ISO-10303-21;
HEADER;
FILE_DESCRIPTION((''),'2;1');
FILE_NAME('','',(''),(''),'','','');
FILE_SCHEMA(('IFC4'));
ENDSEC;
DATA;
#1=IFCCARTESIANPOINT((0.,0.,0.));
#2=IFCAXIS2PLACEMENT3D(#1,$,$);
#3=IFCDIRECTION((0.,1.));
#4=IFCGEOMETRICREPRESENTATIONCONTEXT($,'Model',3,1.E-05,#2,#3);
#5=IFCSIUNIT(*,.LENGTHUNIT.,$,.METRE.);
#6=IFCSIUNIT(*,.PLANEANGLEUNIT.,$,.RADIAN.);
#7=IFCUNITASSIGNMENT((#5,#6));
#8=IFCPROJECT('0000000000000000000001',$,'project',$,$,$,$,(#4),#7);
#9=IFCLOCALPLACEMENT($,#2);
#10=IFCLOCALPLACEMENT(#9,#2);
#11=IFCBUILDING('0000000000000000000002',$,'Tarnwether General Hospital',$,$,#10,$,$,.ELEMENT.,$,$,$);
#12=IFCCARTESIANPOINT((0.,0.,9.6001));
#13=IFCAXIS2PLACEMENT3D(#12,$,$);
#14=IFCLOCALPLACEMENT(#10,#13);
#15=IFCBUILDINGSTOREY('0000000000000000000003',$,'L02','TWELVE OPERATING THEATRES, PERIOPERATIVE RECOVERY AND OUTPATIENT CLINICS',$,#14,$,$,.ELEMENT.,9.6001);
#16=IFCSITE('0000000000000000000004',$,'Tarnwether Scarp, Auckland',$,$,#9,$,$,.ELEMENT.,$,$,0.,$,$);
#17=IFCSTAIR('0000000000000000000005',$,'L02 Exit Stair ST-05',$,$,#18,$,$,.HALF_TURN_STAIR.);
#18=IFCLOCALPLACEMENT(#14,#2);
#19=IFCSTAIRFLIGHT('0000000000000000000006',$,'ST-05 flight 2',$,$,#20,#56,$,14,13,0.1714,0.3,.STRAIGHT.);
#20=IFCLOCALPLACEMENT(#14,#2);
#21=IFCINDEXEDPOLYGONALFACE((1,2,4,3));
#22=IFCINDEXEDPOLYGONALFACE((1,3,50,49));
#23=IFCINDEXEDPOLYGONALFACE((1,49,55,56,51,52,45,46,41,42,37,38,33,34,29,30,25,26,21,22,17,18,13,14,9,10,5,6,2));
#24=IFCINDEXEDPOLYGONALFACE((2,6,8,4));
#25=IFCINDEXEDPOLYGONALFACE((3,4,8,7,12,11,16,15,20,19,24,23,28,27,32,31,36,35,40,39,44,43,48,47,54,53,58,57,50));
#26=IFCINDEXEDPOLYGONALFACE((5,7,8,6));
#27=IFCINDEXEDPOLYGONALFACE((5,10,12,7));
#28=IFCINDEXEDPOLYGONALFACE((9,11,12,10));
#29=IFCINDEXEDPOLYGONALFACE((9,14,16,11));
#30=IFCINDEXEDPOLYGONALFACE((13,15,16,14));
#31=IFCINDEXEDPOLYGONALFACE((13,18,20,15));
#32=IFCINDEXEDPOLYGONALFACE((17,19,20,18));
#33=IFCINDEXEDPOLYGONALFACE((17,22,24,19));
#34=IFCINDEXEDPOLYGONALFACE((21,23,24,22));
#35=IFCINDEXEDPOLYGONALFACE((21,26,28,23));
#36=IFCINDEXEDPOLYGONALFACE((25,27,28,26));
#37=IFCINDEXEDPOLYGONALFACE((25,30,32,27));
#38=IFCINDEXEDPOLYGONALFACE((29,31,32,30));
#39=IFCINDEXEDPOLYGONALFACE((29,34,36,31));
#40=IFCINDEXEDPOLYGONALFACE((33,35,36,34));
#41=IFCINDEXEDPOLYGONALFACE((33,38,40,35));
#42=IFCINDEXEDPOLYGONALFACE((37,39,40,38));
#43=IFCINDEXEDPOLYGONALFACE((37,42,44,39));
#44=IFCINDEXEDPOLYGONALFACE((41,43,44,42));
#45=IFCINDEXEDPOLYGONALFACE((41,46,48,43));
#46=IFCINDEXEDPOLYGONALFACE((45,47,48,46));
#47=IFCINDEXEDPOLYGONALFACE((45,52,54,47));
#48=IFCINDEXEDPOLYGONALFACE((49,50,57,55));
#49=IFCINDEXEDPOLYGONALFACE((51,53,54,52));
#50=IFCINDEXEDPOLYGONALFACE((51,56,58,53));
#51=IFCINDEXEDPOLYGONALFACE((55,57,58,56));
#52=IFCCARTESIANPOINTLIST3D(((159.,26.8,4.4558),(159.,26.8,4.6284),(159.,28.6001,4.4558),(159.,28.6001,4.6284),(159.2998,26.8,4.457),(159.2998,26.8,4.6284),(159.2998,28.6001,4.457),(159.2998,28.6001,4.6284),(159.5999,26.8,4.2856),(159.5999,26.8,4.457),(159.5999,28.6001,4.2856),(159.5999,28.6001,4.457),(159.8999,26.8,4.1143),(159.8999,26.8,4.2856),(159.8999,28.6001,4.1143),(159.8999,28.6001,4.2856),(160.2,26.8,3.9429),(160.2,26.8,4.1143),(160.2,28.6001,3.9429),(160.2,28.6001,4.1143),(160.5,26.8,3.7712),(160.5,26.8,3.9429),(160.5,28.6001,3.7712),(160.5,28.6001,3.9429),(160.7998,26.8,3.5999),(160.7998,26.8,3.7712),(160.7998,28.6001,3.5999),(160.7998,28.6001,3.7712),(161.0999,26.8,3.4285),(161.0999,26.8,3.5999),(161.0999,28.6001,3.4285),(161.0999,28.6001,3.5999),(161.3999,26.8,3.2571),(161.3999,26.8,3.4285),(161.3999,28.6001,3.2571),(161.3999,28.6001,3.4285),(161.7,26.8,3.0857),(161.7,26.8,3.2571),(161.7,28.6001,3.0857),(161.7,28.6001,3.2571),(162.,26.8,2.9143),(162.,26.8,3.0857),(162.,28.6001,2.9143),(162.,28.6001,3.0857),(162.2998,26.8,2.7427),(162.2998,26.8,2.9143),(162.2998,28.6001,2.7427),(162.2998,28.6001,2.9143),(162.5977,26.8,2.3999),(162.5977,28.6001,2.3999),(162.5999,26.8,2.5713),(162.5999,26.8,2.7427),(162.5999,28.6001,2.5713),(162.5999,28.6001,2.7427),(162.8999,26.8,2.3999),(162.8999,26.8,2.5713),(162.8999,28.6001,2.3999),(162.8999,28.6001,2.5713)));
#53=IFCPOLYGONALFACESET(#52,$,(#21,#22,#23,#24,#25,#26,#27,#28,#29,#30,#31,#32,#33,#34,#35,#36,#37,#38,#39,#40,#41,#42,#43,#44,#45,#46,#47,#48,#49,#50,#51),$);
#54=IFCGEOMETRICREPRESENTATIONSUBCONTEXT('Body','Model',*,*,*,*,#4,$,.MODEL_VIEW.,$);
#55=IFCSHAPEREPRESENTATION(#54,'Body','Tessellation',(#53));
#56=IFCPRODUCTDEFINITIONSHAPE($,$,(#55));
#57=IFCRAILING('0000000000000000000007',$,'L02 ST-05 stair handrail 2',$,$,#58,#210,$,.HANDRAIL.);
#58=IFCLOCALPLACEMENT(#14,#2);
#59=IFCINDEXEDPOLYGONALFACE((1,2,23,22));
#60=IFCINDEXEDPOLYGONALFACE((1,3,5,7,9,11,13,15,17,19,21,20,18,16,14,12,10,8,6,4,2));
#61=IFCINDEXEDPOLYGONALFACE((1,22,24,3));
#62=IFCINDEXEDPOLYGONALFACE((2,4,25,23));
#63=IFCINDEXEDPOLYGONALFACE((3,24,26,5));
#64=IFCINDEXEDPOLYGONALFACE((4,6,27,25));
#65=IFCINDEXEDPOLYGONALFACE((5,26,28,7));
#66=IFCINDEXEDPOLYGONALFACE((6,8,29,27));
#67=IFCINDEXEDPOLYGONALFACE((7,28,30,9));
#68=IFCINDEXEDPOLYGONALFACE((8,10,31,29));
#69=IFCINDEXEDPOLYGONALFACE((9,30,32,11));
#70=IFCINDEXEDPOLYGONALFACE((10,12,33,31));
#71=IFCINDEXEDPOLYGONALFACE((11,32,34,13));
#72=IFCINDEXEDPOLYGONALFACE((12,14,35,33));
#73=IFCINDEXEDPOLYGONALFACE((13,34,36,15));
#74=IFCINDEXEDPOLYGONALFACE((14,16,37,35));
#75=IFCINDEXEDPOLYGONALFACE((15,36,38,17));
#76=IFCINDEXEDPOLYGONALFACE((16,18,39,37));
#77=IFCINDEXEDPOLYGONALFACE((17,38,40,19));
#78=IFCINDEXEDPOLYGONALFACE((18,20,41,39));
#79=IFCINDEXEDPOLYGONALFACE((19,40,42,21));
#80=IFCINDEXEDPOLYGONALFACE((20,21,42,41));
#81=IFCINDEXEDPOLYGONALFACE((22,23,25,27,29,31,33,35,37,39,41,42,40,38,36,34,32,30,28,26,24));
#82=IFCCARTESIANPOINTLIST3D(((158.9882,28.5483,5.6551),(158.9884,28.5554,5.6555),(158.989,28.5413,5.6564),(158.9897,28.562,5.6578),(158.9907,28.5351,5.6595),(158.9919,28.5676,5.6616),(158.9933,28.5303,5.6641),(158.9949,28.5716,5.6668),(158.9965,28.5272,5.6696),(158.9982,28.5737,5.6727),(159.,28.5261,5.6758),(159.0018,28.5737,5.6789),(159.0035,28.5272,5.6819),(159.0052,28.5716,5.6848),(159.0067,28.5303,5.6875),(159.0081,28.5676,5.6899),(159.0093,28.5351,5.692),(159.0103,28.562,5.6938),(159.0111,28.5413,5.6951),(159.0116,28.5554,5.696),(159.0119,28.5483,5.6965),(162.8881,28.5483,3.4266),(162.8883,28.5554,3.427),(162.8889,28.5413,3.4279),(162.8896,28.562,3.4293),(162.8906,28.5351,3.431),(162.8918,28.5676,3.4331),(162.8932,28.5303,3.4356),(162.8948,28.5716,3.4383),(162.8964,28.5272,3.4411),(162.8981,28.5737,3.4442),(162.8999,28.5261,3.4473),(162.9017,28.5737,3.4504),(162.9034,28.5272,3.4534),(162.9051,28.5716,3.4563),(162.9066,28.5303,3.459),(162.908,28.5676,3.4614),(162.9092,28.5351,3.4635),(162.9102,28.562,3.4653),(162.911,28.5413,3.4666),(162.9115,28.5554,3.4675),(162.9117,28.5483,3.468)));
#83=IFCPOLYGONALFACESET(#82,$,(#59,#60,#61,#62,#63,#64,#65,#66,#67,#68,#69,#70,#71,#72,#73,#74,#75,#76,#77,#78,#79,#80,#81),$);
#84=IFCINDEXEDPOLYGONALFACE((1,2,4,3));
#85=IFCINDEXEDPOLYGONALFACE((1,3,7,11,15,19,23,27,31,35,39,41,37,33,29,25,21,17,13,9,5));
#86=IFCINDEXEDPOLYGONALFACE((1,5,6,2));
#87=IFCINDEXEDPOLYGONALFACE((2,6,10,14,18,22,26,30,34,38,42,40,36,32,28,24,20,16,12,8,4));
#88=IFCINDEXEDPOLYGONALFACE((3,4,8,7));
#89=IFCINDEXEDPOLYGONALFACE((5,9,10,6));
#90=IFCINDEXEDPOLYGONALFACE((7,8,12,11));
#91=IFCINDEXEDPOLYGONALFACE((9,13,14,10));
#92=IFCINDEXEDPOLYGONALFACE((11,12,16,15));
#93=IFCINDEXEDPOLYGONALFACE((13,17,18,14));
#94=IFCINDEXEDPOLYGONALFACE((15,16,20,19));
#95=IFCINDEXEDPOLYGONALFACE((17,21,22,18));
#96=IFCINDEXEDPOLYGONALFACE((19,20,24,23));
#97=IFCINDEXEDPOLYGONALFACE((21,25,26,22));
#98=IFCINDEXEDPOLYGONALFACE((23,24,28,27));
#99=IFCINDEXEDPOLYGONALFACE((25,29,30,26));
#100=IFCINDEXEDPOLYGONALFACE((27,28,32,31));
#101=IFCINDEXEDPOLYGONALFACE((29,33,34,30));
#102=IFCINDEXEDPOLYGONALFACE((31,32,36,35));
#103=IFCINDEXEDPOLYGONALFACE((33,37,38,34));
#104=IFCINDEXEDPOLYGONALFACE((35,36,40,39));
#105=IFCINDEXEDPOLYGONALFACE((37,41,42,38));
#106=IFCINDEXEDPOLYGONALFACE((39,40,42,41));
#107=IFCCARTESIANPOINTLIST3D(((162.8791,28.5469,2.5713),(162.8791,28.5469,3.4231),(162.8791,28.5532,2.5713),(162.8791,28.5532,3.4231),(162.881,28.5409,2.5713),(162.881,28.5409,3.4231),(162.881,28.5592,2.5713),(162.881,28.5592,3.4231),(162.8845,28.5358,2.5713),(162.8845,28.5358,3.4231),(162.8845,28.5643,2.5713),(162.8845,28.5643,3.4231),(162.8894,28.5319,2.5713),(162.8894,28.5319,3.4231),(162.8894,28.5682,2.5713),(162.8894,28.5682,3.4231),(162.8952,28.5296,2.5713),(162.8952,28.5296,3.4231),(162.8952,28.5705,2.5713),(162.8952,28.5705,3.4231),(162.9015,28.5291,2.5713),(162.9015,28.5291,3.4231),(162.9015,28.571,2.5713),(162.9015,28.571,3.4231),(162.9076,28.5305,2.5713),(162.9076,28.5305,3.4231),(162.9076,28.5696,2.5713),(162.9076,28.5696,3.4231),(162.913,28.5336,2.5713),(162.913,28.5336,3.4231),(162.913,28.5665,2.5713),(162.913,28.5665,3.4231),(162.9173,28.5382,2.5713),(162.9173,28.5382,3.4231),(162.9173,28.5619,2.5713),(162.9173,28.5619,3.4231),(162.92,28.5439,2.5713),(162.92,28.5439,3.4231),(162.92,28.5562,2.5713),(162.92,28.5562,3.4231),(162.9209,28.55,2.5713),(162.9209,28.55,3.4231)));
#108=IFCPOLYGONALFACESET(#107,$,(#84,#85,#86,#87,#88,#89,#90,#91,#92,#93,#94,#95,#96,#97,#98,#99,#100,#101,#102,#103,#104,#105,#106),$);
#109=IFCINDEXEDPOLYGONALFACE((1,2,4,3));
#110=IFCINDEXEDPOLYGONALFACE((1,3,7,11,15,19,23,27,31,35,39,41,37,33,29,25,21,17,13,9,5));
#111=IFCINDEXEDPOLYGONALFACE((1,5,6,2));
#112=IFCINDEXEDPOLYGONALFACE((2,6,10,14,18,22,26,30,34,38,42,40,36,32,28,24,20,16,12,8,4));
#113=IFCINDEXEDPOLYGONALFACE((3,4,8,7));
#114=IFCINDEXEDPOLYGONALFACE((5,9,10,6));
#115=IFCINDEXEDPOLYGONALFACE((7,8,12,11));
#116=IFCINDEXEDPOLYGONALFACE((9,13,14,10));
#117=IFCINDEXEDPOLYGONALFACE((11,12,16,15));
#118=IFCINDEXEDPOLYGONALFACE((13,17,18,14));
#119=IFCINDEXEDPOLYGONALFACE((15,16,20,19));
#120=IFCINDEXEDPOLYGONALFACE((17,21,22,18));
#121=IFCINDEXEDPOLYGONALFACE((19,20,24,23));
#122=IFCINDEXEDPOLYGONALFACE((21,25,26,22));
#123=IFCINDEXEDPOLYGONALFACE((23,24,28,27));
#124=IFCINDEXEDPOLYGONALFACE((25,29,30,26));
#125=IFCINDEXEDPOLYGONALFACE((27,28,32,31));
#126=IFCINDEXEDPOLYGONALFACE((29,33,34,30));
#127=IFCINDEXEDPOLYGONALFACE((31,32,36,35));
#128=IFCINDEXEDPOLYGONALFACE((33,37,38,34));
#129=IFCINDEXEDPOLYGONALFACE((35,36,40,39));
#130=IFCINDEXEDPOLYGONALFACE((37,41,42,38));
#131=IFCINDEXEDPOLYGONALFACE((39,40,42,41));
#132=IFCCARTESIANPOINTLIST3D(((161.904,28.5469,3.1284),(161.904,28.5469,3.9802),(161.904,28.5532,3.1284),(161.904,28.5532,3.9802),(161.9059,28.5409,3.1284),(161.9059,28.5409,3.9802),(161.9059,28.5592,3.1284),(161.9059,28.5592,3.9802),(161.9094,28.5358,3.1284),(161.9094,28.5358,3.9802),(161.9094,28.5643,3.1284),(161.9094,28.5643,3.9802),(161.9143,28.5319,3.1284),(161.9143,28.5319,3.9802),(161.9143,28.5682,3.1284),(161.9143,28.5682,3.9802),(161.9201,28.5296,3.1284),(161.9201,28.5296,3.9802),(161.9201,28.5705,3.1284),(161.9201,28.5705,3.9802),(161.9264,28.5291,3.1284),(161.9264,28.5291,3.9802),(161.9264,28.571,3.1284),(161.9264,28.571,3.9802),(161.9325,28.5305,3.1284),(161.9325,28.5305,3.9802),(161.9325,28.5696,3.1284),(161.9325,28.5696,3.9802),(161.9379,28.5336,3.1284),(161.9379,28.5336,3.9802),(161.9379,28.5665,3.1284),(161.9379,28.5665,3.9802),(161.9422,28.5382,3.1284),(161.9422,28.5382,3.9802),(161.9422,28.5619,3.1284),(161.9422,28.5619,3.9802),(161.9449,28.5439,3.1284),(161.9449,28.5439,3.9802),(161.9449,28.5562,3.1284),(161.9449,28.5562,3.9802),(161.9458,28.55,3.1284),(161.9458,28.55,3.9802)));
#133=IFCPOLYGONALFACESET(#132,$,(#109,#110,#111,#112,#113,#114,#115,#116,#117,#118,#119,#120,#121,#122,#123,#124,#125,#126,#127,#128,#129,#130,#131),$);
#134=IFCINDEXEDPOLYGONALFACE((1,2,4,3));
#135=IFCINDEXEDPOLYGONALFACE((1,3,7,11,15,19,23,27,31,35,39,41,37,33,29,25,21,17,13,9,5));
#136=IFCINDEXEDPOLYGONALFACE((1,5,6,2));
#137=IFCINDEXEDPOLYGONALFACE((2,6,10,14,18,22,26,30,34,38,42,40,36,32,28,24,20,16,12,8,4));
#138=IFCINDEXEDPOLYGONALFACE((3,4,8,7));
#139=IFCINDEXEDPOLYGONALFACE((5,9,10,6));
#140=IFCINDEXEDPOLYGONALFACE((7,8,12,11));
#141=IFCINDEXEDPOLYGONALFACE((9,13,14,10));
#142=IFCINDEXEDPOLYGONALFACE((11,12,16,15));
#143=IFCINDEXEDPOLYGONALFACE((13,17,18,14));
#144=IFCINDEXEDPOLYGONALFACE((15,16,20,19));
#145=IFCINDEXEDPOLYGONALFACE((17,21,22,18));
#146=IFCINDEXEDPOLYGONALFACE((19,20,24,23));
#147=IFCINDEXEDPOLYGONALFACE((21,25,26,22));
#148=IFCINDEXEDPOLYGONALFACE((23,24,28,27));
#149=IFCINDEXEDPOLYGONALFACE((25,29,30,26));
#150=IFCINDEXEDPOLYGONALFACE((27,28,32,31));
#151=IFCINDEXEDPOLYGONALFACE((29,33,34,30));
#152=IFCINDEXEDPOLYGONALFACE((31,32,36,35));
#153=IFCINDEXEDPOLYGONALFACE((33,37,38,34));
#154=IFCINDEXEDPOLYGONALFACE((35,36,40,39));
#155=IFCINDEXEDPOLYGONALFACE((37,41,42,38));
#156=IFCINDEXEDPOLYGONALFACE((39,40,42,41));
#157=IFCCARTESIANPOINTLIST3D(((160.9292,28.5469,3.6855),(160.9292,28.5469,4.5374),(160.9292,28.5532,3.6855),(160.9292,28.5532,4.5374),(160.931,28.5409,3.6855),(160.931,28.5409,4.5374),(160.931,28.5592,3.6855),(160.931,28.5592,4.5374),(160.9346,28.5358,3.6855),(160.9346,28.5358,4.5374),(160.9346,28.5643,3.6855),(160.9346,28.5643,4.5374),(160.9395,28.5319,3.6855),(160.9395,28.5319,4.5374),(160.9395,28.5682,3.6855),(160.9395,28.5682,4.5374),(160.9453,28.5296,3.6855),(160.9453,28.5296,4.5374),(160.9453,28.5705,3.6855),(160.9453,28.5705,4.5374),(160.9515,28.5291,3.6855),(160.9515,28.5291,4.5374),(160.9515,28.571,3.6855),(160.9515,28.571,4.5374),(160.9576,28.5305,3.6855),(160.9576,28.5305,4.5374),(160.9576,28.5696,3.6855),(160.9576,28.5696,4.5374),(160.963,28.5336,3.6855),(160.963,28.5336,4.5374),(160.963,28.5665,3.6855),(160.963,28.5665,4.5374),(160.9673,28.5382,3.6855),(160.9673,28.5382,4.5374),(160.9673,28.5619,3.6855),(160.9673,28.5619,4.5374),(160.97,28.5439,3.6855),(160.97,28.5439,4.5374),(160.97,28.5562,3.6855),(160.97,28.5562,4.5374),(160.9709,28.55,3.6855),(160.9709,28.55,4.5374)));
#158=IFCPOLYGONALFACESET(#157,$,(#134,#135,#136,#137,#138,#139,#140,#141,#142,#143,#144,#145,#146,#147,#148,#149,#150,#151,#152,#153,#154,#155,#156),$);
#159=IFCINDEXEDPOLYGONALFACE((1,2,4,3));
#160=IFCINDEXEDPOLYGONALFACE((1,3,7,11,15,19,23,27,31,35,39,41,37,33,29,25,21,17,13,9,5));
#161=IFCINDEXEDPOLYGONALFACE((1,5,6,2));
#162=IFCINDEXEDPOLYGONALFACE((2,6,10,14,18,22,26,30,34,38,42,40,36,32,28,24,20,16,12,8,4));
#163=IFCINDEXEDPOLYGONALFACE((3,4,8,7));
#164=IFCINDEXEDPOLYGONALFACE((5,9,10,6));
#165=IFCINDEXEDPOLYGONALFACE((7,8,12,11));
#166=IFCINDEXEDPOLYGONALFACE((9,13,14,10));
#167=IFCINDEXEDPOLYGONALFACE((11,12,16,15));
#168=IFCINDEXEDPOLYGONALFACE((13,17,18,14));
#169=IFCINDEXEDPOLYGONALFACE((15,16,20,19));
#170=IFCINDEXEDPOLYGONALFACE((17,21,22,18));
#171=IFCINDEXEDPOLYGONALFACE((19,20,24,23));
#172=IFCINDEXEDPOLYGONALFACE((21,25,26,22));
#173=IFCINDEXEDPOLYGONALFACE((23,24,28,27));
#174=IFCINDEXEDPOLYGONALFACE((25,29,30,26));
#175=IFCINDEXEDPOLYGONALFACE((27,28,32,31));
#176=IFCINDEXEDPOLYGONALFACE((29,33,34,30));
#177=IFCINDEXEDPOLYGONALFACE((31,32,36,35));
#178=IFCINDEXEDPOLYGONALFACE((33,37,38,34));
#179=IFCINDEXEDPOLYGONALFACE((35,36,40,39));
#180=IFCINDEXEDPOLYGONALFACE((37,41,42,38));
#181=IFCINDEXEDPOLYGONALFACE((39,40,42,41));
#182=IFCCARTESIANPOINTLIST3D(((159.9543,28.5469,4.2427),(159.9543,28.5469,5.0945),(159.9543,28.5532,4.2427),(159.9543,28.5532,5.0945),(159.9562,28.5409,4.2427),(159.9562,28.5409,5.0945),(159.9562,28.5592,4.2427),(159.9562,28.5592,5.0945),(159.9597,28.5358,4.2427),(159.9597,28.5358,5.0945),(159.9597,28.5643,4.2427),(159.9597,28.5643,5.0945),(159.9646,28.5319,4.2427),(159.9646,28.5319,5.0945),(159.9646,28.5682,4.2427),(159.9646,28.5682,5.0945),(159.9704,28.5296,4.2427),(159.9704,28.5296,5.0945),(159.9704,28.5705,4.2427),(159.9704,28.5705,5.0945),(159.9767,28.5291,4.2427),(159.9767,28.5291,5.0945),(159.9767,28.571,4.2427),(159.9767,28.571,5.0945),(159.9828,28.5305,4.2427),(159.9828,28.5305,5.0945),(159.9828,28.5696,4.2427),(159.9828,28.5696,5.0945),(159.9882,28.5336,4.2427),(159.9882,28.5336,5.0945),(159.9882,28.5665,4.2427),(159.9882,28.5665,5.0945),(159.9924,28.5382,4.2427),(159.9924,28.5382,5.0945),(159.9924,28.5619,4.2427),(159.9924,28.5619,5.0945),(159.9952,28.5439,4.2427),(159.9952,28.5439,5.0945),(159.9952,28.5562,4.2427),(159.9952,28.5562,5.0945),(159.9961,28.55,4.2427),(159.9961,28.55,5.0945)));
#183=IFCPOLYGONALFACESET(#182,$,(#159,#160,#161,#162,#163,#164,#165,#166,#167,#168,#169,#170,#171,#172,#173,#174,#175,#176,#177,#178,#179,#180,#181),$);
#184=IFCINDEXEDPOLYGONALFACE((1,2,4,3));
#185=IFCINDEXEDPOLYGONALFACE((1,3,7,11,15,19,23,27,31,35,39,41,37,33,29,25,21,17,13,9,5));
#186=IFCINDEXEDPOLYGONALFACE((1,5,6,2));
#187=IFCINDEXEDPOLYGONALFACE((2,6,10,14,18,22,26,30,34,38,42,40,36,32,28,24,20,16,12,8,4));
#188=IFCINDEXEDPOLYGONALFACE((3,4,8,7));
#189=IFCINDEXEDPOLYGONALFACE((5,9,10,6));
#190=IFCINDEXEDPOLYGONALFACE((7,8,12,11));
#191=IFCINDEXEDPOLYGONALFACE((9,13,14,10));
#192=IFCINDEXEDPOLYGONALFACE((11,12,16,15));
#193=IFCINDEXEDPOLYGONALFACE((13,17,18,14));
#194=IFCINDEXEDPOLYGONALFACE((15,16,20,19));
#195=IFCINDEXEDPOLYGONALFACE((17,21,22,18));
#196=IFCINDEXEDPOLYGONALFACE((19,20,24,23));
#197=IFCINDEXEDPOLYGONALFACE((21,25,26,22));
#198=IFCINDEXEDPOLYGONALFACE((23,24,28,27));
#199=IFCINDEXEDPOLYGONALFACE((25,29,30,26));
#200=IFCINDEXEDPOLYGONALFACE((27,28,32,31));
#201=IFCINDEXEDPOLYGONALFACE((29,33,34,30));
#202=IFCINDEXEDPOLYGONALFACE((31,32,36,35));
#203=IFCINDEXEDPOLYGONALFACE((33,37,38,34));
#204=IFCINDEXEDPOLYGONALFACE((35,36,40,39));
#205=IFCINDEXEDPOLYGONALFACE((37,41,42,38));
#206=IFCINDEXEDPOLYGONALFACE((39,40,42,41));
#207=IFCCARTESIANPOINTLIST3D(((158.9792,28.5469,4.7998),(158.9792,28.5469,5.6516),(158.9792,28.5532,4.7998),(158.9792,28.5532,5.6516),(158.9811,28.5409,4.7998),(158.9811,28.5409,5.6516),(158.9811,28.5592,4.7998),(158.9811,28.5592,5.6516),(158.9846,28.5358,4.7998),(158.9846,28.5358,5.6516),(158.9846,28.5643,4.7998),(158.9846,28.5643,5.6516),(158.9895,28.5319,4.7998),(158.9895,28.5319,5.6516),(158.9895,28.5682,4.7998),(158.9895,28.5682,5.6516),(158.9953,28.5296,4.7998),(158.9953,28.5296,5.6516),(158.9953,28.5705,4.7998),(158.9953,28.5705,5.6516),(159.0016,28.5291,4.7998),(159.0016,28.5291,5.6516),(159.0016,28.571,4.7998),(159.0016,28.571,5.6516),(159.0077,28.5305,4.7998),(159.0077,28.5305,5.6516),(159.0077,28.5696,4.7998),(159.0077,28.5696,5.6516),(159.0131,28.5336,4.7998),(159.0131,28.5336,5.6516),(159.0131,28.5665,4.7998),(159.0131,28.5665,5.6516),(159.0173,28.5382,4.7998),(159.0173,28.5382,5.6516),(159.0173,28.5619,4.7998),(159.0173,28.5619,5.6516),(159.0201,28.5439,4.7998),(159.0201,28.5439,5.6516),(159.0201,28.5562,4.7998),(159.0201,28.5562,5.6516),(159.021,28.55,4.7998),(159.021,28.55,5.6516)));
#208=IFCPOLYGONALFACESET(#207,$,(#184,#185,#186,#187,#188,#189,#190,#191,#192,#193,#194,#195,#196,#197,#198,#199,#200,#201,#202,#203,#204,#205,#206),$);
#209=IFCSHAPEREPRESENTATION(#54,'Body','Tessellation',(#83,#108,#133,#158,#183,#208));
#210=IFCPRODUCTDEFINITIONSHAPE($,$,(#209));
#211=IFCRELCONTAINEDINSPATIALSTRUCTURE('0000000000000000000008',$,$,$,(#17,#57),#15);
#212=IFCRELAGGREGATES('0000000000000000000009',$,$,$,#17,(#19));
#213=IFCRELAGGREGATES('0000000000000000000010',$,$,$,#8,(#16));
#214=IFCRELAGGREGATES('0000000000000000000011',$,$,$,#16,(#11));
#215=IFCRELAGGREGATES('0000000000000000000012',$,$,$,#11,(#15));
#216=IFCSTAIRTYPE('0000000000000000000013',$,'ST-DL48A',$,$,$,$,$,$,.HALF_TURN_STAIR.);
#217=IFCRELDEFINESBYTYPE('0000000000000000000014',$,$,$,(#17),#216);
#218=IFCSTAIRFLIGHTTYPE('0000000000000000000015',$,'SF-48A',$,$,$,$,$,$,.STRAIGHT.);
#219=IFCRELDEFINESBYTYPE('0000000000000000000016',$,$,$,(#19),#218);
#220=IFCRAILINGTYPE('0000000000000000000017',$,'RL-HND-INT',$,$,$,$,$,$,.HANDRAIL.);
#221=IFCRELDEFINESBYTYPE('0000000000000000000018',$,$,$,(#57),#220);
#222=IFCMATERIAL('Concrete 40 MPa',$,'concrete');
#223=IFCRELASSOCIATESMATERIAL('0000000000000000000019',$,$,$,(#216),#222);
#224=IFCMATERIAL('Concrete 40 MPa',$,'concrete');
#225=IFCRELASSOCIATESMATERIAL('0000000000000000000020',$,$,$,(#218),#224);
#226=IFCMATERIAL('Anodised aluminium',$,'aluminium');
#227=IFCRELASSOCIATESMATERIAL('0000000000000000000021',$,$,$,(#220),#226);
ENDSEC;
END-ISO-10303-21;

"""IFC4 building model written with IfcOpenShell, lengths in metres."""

from ifc_helpers import new_model, si_unit, direction, frame, origin, origin_2d, place, context, subcontext, project, spatial, polyline, circle, outline, extrude, material, type_object, element, aggregate, save


model = new_model("IFC4")

# Units and contexts
model_context = context("Model", 3, precision=1e-05, world=origin(), true_north=direction((0.0, 1.0)))
body_context = subcontext(model_context, "Body", "Model", "MODEL_VIEW")
ifc_project = project(units=[si_unit("LENGTHUNIT", "METRE"), si_unit("PLANEANGLEUNIT", "RADIAN")], contexts=[model_context])

# Site, building, storey
site_placement = place(None, origin())
site = spatial("IfcSite", under=ifc_project, at=site_placement, Name="Tarnwether Scarp, Auckland", CompositionType="ELEMENT", RefElevation=0.0)
building_placement = place(site_placement, origin())
building = spatial("IfcBuilding", under=site, at=building_placement, Name="Tarnwether General Hospital", CompositionType="ELEMENT")
storey_placement = place(building_placement, frame((0.0, 0.0, 9.6001)))
storey = spatial("IfcBuildingStorey", under=building, at=storey_placement, Name="L02", Description="TWELVE OPERATING THEATRES, PERIOPERATIVE RECOVERY AND OUTPATIENT CLINICS", CompositionType="ELEMENT", Elevation=9.6001)

# Stair, stair flight
ifc_material_1 = material(Name="Concrete 40 MPa", Category="concrete")
stair_type = type_object("IfcStairType", Name="ST-DL48A", PredefinedType="HALF_TURN_STAIR", material=ifc_material_1)
stair_placement = place(storey_placement, origin())
stair = element("IfcStair", 1, at=stair_placement, inside=storey, type_object=stair_type, Name="L02 Exit Stair ST-05", PredefinedType="HALF_TURN_STAIR")
ifc_material_2 = material(Name="Concrete 40 MPa", Category="concrete")
stair_flight_type = type_object("IfcStairFlightType", Name="SF-48A", PredefinedType="STRAIGHT", material=ifc_material_2)
stair_flight_placement = place(storey_placement, frame((162.8999, 27.7, 2.3999), z_axis=(0.0, 0.0, 1.0), x_axis=(-1.0, 0.0, 0.0)))
stair_flight = element("IfcStairFlight", 2, at=stair_flight_placement, type_object=stair_flight_type, Name="ST-05 flight 2", NumberOfRisers=14, NumberOfTreads=13, PredefinedType="STRAIGHT", RiserHeight=0.1714, TreadLength=0.3, context=body_context, shape_type="SweptSolid", body=[
    extrude(outline(polyline([(0.0, 0.0), (0.0, 0.1714), (0.3, 0.1714), (0.3, 0.3428), (0.6001, 0.3428), (0.6001, 0.5144), (0.8999, 0.5144), (0.8999, 0.6858), (1.2, 0.6858), (1.2, 0.8572), (1.5, 0.8572), (1.5, 1.0286), (1.8, 1.0286), (1.8, 1.2), (2.1001, 1.2), (2.1001, 1.3713), (2.3999, 1.3713), (2.3999, 1.543), (2.7, 1.543), (2.7, 1.7144), (3.0, 1.7144), (3.0, 1.8857), (3.3, 1.8857), (3.3, 2.0571), (3.6001, 2.0571), (3.6001, 2.2285), (3.8999, 2.2285), (3.8999, 2.3999), (3.8999, 2.0559), (0.3022, 0.0), (0.0, 0.0)])), frame((0.0, 0.8999, 0.0), z_axis=(0.0, -1.0, 0.0), x_axis=(1.0, 0.0, 0.0)), (0.0, 0.0, 1.0), 1.8),
])
aggregate(stair, [stair_flight])

# Railing
ifc_material_3 = material(Name="Anodised aluminium", Category="aluminium")
railing_type = type_object("IfcRailingType", Name="RL-HND-INT", PredefinedType="HANDRAIL", material=ifc_material_3)
railing_placement = place(storey_placement, frame((162.8999, 28.55, 2.5713)))
element("IfcRailing", 3, at=railing_placement, inside=storey, type_object=railing_type, Name="L02 ST-05 stair handrail 2", PredefinedType="HANDRAIL", context=body_context, shape_type="SweptSolid", body=[
    extrude(circle(Radius=0.0239, at=origin_2d()), frame((0.0, 0.0, 0.876), z_axis=(-0.868243, 0.0, 0.496139), x_axis=(0.0, -1.0, 0.0)), (0.0, 0.0, 1.0), 4.4917),
    extrude(circle(Radius=0.021, at=origin_2d()), origin(), (0.0, 0.0, 1.0), 0.8518),
    extrude(circle(Radius=0.021, at=origin_2d()), frame((-0.9751, 0.0, 0.5571)), (0.0, 0.0, 1.0), 0.8518),
    extrude(circle(Radius=0.021, at=origin_2d()), frame((-1.95, 0.0, 1.1143)), (0.0, 0.0, 1.0), 0.8518),
    extrude(circle(Radius=0.021, at=origin_2d()), frame((-2.9248, 0.0, 1.6714)), (0.0, 0.0, 1.0), 0.8518),
    extrude(circle(Radius=0.021, at=origin_2d()), frame((-3.8999, 0.0, 2.2285)), (0.0, 0.0, 1.0), 0.8518),
])

save(model, "model.ifc")
